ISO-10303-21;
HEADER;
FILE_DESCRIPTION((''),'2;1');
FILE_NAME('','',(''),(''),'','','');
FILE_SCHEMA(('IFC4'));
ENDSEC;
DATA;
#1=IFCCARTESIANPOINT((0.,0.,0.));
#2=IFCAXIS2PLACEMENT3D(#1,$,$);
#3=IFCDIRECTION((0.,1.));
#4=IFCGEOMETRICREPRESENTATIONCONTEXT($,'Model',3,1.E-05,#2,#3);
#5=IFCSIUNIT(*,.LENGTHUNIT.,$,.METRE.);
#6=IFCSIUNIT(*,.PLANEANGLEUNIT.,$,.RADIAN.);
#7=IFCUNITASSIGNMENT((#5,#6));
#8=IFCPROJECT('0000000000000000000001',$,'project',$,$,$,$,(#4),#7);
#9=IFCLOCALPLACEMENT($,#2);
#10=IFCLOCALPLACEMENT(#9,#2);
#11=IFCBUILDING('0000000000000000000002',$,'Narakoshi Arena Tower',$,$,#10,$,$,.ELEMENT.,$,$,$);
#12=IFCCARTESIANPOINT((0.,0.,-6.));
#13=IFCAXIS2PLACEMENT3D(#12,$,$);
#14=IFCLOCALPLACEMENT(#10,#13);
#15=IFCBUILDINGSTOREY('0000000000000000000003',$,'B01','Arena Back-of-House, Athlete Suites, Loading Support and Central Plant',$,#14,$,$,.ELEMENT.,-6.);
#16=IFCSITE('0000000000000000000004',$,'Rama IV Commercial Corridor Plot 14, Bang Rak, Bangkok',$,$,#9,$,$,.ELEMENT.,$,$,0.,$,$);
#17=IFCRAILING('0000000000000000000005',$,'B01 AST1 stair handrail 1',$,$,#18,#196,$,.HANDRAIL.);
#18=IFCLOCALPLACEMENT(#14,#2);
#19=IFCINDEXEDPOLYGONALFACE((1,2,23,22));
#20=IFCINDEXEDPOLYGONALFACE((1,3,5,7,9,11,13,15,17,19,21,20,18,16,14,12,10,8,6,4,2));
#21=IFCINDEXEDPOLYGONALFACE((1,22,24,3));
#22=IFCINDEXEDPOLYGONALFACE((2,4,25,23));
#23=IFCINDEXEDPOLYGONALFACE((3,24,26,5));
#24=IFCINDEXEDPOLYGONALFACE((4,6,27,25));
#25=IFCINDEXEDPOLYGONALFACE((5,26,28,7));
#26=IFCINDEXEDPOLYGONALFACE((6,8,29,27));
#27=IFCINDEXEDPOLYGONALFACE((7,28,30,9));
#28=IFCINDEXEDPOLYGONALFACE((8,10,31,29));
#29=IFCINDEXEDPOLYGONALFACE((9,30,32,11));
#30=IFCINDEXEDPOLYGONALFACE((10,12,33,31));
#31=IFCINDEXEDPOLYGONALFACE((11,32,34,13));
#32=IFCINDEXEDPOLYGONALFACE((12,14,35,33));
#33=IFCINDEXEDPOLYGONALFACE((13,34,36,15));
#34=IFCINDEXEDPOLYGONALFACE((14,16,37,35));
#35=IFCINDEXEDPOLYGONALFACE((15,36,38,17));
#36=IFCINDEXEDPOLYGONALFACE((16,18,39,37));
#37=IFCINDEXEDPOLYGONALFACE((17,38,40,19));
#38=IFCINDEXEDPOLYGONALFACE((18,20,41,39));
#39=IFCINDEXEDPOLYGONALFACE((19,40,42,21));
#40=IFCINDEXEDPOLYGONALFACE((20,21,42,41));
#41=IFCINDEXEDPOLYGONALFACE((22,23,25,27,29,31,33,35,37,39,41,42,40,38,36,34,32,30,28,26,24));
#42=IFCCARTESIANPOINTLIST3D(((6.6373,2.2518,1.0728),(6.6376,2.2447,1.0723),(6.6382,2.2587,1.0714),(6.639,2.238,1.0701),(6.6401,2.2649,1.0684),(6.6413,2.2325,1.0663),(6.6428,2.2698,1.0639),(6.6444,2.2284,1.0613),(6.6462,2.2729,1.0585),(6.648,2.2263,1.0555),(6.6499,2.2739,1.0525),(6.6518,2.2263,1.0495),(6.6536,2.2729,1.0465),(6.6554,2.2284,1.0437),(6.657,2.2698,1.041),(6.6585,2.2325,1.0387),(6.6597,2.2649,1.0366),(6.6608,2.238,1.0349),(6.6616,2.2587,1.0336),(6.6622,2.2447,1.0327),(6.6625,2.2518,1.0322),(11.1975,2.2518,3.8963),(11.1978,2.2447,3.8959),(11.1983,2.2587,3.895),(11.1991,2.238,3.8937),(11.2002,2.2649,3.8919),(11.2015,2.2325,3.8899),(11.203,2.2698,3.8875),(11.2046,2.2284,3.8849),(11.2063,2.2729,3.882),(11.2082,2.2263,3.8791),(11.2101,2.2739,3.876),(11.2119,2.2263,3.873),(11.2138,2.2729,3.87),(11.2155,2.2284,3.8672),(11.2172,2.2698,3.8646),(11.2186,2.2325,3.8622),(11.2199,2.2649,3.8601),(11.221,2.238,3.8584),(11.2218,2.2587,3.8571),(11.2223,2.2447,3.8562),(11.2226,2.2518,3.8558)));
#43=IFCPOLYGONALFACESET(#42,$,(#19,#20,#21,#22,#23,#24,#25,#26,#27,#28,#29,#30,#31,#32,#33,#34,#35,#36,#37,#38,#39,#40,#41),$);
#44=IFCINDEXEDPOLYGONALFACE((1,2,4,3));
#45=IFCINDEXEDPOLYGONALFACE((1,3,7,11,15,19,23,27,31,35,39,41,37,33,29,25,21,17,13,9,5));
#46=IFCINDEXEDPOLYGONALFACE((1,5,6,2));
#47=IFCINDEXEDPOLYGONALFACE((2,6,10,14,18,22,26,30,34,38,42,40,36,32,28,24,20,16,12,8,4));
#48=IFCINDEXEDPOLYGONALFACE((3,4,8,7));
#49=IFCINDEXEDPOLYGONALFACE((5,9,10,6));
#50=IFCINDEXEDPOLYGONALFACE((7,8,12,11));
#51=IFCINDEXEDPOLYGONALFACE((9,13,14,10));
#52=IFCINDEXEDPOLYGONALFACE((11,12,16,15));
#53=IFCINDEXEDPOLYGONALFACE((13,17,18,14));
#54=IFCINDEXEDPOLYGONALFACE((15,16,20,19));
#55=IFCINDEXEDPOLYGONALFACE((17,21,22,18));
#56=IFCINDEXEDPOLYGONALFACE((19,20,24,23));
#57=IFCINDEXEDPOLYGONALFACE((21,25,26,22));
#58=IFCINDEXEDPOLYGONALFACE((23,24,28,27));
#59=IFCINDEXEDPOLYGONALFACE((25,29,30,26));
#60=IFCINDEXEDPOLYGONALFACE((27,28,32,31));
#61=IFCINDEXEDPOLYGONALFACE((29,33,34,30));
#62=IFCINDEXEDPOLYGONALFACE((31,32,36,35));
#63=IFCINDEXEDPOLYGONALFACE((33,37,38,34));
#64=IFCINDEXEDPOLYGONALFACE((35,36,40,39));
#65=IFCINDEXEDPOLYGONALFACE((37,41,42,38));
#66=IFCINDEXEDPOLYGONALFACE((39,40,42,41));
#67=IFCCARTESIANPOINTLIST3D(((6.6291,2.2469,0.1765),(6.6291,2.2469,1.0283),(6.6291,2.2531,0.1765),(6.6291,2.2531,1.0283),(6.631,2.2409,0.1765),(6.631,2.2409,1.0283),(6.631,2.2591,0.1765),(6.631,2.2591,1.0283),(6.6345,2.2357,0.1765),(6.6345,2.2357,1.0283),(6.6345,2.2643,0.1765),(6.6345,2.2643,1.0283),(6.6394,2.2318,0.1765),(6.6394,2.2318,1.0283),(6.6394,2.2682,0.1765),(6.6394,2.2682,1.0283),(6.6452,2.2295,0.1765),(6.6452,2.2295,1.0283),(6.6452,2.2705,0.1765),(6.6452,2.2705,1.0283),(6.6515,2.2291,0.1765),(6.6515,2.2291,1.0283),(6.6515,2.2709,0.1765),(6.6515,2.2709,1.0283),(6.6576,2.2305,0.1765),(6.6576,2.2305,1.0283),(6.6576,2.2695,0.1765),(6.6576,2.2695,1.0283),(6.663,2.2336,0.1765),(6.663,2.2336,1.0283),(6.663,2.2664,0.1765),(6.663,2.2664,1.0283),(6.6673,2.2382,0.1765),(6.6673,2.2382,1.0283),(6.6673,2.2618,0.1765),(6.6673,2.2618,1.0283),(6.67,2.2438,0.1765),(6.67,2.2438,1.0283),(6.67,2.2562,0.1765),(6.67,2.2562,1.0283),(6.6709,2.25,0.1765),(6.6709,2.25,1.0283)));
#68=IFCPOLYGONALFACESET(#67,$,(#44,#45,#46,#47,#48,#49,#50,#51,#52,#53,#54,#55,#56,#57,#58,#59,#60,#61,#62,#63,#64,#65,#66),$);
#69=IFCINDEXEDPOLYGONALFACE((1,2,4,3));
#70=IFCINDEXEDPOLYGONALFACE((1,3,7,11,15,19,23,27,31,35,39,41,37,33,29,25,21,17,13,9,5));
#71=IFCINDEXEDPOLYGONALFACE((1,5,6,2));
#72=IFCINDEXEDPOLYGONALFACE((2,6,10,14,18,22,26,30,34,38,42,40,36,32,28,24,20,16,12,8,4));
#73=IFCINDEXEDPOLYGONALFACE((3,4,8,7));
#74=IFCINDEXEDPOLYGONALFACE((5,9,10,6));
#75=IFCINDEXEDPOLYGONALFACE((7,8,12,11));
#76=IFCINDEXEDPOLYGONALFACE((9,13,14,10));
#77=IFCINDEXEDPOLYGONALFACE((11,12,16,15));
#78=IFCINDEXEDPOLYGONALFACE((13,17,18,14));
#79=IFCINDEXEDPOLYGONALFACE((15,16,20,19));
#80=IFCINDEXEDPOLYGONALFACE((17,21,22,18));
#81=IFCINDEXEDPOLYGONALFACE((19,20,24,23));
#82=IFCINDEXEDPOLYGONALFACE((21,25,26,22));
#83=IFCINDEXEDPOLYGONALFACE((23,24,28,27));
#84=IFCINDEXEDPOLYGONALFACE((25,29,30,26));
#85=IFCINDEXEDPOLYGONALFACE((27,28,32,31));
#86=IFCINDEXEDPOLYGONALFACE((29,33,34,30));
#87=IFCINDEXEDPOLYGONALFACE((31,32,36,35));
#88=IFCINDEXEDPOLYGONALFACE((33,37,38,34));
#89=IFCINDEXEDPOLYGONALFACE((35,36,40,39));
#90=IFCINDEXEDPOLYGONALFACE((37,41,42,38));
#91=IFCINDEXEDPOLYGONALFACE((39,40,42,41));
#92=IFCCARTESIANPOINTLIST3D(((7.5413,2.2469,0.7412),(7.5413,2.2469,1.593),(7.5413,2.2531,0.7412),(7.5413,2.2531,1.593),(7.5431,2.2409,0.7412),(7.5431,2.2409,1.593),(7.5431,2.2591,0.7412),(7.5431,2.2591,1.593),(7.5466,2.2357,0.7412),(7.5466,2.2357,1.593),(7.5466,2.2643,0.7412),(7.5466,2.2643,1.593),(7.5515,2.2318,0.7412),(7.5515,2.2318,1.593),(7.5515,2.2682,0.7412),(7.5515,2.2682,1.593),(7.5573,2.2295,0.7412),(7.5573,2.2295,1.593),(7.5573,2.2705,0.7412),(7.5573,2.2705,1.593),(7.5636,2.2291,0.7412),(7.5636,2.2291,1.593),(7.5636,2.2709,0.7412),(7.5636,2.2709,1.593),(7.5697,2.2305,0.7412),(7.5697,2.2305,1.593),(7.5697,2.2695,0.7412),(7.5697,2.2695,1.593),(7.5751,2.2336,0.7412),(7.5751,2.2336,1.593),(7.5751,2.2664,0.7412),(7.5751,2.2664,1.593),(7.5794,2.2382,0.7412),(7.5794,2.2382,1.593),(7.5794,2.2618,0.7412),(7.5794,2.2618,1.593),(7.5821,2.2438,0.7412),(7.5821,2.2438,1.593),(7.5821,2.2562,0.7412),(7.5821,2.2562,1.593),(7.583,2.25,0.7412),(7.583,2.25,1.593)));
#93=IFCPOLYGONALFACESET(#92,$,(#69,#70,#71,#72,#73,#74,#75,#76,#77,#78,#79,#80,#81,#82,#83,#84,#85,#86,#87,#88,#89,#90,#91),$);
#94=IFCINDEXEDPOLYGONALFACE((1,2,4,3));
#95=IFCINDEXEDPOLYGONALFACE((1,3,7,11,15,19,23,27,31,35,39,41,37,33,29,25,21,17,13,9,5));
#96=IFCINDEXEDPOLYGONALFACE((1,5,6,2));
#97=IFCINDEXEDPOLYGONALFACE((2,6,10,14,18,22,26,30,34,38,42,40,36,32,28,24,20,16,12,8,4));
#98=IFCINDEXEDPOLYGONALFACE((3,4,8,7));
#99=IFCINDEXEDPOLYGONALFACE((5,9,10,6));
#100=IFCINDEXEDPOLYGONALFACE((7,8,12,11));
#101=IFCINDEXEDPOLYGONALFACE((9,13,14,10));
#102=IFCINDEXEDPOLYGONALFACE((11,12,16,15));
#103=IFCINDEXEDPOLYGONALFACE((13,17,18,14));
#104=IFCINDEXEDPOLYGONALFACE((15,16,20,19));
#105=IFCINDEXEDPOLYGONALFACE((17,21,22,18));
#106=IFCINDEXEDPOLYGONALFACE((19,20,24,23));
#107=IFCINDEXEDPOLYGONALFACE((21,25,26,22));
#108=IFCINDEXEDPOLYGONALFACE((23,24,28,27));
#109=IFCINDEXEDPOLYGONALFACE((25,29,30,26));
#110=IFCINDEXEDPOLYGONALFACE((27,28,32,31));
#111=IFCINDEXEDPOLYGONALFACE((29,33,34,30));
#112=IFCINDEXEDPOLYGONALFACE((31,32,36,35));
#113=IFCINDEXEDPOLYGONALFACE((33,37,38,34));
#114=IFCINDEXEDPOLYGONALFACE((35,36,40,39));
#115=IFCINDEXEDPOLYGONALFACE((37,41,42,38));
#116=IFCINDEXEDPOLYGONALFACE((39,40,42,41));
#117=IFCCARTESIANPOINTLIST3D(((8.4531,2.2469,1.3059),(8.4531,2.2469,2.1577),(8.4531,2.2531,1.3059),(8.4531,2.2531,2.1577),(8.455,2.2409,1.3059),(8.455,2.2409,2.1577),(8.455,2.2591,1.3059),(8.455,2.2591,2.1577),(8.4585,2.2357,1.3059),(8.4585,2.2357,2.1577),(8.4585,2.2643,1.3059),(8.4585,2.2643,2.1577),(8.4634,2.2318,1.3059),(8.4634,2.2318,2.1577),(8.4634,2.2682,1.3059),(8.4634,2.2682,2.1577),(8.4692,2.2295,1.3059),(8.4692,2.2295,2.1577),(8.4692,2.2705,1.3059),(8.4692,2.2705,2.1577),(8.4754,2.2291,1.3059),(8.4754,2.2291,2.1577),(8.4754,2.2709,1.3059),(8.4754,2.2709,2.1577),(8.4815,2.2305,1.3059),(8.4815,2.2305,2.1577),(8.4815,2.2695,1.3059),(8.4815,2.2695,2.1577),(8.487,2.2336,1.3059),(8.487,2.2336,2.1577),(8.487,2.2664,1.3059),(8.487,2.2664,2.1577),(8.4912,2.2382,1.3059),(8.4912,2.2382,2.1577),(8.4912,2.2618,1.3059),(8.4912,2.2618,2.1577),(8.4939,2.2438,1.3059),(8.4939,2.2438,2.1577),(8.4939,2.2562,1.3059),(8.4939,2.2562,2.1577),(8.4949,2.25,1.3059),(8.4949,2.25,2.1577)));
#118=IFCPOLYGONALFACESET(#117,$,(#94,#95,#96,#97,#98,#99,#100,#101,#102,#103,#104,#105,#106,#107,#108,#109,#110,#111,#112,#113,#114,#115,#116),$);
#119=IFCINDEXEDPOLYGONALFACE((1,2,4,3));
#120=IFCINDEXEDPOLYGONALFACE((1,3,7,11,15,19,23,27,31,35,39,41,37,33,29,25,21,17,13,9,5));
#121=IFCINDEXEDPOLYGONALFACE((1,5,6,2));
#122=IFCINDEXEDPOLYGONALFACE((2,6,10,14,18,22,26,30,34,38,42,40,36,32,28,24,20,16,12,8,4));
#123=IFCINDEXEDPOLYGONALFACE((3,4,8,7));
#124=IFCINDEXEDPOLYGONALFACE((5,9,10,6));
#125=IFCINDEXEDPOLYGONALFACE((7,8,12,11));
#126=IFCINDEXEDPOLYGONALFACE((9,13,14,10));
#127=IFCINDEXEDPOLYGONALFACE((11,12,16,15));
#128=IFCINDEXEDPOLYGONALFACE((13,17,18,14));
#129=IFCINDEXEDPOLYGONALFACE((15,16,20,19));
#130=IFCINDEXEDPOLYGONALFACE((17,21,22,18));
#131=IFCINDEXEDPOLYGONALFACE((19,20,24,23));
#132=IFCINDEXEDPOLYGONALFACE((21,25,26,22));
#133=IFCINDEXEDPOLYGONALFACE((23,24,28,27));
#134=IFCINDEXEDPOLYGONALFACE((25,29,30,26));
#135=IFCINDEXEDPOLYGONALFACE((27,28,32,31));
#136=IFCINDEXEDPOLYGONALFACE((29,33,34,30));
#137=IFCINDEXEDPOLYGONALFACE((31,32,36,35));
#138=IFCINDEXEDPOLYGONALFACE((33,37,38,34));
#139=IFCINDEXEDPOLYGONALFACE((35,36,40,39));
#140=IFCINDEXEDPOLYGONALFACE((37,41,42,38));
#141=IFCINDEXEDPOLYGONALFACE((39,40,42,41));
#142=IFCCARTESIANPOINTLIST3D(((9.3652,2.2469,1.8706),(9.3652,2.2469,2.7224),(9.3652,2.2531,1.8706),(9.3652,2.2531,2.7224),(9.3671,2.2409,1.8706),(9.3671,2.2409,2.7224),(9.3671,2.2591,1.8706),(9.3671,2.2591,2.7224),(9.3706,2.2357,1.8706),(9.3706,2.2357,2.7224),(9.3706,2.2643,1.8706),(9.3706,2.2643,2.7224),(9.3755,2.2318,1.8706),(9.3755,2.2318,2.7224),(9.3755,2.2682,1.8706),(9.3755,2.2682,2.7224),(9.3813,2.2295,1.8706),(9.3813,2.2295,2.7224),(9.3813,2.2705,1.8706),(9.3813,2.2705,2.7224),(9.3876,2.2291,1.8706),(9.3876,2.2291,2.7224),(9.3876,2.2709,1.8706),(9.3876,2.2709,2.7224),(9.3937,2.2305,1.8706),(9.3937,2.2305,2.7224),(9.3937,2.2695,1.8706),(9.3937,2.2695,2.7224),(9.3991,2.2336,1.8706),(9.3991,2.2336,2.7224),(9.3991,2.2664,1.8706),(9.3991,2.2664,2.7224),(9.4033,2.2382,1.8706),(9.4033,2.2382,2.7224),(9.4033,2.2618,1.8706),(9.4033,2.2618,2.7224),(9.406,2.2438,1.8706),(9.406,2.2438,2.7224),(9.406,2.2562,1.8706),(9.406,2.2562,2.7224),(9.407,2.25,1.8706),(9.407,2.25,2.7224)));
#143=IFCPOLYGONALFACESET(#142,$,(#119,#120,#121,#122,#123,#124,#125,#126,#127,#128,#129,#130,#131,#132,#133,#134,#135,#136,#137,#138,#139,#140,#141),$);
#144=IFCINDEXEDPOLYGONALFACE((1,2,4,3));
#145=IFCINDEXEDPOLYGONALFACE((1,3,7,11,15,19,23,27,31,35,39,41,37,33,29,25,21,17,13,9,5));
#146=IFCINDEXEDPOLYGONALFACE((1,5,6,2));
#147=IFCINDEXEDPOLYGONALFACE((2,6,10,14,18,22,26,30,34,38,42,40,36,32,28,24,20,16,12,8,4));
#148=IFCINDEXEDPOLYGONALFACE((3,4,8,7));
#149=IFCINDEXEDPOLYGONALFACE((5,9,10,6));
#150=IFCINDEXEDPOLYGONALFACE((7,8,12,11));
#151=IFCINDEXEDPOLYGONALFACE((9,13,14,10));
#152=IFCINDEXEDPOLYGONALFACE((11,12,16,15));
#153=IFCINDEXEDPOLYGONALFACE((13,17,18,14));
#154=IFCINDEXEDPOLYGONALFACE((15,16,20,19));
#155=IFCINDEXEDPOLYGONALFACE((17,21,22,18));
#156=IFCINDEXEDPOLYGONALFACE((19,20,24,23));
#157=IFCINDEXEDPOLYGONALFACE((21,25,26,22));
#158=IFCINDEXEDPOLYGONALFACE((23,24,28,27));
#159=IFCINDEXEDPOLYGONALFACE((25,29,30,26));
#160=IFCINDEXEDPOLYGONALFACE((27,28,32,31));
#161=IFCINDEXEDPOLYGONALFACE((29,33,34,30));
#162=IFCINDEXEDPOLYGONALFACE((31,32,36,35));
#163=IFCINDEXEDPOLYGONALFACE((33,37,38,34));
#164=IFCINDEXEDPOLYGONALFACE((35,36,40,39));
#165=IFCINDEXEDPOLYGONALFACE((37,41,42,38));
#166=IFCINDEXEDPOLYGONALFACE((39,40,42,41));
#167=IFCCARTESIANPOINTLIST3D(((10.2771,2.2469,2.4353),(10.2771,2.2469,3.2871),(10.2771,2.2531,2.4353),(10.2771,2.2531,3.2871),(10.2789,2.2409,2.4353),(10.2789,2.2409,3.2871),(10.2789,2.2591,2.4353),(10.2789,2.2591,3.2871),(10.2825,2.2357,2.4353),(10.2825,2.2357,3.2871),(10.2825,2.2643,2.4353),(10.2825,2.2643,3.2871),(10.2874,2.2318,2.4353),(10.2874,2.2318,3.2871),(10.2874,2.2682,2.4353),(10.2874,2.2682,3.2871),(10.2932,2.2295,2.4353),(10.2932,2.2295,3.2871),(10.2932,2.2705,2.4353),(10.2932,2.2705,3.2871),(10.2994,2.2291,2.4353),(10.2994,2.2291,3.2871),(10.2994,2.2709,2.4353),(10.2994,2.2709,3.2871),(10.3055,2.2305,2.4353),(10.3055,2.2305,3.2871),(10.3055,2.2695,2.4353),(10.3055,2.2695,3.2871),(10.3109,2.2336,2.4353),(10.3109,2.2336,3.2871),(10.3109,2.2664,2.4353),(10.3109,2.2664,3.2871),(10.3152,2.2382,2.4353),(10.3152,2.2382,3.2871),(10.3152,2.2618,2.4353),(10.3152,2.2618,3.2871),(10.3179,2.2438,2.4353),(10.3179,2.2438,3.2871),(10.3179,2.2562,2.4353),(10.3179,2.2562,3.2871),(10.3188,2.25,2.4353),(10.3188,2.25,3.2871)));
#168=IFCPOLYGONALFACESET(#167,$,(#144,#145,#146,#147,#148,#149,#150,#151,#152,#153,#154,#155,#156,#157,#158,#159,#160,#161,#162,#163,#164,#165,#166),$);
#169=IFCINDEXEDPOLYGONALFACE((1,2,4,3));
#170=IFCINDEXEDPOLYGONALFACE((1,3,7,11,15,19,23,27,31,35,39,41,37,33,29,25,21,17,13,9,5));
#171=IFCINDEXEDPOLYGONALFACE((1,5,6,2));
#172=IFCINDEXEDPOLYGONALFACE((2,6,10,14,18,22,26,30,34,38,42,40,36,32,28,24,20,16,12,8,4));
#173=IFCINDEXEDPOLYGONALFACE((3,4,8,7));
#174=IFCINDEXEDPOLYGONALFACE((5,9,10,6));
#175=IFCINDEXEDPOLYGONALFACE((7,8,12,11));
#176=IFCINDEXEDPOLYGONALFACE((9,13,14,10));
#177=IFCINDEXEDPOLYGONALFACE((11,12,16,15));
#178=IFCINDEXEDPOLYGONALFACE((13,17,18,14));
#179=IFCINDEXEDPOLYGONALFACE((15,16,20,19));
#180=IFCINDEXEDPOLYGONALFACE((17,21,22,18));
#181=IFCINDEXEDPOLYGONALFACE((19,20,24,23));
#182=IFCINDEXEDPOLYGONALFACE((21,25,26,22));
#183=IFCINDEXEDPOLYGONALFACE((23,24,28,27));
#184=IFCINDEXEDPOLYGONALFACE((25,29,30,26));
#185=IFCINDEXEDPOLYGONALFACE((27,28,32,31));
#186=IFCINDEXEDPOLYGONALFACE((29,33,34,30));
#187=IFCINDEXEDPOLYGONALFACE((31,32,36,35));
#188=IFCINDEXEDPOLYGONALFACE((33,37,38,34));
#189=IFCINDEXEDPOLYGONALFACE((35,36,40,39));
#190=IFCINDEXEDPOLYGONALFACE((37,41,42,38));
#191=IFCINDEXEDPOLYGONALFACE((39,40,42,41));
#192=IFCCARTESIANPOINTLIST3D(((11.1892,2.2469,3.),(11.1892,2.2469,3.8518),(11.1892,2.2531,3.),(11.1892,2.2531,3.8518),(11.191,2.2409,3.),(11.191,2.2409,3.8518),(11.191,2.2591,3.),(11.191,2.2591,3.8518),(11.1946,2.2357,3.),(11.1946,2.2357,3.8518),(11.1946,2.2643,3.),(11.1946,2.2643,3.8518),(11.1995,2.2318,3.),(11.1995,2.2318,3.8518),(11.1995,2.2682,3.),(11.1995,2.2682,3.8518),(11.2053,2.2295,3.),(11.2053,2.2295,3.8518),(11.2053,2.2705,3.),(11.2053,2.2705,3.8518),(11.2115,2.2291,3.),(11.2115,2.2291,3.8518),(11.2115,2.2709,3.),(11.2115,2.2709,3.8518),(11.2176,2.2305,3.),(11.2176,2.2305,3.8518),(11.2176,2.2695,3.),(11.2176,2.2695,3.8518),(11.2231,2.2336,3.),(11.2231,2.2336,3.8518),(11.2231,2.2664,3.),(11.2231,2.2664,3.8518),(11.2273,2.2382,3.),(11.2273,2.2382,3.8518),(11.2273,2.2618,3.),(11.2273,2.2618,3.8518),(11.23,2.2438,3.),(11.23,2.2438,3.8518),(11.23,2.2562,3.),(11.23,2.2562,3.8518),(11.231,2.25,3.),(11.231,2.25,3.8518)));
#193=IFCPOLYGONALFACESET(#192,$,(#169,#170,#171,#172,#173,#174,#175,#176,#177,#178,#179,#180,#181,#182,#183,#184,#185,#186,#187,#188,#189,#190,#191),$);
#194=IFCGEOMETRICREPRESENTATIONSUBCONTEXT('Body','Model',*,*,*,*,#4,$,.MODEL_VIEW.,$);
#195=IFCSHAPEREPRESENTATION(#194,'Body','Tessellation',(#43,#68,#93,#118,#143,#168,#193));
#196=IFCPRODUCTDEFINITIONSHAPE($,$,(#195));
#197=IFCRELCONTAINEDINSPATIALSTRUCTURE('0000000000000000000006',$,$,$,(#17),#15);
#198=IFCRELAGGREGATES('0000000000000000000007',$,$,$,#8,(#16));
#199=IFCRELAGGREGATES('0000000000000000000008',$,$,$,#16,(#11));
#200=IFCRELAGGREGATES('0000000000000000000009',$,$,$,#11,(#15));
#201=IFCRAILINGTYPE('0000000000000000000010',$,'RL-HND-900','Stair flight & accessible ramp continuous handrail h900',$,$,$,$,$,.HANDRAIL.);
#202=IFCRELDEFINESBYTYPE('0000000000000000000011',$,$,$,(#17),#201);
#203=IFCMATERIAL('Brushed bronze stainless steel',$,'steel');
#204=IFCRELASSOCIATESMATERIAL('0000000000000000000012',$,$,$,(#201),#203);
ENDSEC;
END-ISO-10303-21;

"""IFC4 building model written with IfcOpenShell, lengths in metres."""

from ifc_helpers import new_model, si_unit, direction, frame, origin, origin_2d, place, context, subcontext, project, spatial, circle, extrude, material, type_object, element, save


model = new_model("IFC4")

# Units and contexts
model_context = context("Model", 3, precision=1e-05, world=origin(), true_north=direction((0.0, 1.0)))
body_context = subcontext(model_context, "Body", "Model", "MODEL_VIEW")
ifc_project = project(units=[si_unit("LENGTHUNIT", "METRE"), si_unit("PLANEANGLEUNIT", "RADIAN")], contexts=[model_context])

# Site, building, storey
site_placement = place(None, origin())
site = spatial("IfcSite", under=ifc_project, at=site_placement, Name="Rama IV Commercial Corridor Plot 14, Bang Rak, Bangkok", CompositionType="ELEMENT", RefElevation=0.0)
building_placement = place(site_placement, origin())
building = spatial("IfcBuilding", under=site, at=building_placement, Name="Narakoshi Arena Tower", CompositionType="ELEMENT")
storey_placement = place(building_placement, frame((0.0, 0.0, -6.0)))
storey = spatial("IfcBuildingStorey", under=building, at=storey_placement, Name="B01", Description="Arena Back-of-House, Athlete Suites, Loading Support and Central Plant", CompositionType="ELEMENT", Elevation=-6.0)

# Railing
ifc_material_1 = material(Name="Brushed bronze stainless steel", Category="steel")
railing_type_1 = type_object("IfcRailingType", Name="RL-HND-900", Description="Stair flight & accessible ramp continuous handrail h900", PredefinedType="HANDRAIL", material=ifc_material_1)
railing_1_placement = place(storey_placement, frame((6.6499, 2.25, 0.1765)))
element("IfcRailing", 1, at=railing_1_placement, inside=storey, type_object=railing_type_1, Name="B01 AST1 stair handrail 1", PredefinedType="HANDRAIL", context=body_context, shape_type="SweptSolid", body=[
    extrude(circle(Radius=0.0239, at=origin_2d()), frame((0.0, 0.0, 0.876), z_axis=(0.850216, 0.0, 0.526435), x_axis=(0.0, 1.0, 0.0)), (0.0, 0.0, 1.0), 5.3635),
    extrude(circle(Radius=0.021, at=origin_2d()), origin(), (0.0, 0.0, 1.0), 0.8518),
    extrude(circle(Radius=0.021, at=origin_2d()), frame((0.9121, 0.0, 0.5647)), (0.0, 0.0, 1.0), 0.8518),
    extrude(circle(Radius=0.021, at=origin_2d()), frame((1.824, 0.0, 1.1294)), (0.0, 0.0, 1.0), 0.8518),
    extrude(circle(Radius=0.021, at=origin_2d()), frame((2.7361, 0.0, 1.6941)), (0.0, 0.0, 1.0), 0.8518),
    extrude(circle(Radius=0.021, at=origin_2d()), frame((3.6479, 0.0, 2.2588)), (0.0, 0.0, 1.0), 0.8518),
    extrude(circle(Radius=0.021, at=origin_2d()), frame((4.5601, 0.0, 2.8235)), (0.0, 0.0, 1.0), 0.8518),
])

save(model, "model.ifc")
